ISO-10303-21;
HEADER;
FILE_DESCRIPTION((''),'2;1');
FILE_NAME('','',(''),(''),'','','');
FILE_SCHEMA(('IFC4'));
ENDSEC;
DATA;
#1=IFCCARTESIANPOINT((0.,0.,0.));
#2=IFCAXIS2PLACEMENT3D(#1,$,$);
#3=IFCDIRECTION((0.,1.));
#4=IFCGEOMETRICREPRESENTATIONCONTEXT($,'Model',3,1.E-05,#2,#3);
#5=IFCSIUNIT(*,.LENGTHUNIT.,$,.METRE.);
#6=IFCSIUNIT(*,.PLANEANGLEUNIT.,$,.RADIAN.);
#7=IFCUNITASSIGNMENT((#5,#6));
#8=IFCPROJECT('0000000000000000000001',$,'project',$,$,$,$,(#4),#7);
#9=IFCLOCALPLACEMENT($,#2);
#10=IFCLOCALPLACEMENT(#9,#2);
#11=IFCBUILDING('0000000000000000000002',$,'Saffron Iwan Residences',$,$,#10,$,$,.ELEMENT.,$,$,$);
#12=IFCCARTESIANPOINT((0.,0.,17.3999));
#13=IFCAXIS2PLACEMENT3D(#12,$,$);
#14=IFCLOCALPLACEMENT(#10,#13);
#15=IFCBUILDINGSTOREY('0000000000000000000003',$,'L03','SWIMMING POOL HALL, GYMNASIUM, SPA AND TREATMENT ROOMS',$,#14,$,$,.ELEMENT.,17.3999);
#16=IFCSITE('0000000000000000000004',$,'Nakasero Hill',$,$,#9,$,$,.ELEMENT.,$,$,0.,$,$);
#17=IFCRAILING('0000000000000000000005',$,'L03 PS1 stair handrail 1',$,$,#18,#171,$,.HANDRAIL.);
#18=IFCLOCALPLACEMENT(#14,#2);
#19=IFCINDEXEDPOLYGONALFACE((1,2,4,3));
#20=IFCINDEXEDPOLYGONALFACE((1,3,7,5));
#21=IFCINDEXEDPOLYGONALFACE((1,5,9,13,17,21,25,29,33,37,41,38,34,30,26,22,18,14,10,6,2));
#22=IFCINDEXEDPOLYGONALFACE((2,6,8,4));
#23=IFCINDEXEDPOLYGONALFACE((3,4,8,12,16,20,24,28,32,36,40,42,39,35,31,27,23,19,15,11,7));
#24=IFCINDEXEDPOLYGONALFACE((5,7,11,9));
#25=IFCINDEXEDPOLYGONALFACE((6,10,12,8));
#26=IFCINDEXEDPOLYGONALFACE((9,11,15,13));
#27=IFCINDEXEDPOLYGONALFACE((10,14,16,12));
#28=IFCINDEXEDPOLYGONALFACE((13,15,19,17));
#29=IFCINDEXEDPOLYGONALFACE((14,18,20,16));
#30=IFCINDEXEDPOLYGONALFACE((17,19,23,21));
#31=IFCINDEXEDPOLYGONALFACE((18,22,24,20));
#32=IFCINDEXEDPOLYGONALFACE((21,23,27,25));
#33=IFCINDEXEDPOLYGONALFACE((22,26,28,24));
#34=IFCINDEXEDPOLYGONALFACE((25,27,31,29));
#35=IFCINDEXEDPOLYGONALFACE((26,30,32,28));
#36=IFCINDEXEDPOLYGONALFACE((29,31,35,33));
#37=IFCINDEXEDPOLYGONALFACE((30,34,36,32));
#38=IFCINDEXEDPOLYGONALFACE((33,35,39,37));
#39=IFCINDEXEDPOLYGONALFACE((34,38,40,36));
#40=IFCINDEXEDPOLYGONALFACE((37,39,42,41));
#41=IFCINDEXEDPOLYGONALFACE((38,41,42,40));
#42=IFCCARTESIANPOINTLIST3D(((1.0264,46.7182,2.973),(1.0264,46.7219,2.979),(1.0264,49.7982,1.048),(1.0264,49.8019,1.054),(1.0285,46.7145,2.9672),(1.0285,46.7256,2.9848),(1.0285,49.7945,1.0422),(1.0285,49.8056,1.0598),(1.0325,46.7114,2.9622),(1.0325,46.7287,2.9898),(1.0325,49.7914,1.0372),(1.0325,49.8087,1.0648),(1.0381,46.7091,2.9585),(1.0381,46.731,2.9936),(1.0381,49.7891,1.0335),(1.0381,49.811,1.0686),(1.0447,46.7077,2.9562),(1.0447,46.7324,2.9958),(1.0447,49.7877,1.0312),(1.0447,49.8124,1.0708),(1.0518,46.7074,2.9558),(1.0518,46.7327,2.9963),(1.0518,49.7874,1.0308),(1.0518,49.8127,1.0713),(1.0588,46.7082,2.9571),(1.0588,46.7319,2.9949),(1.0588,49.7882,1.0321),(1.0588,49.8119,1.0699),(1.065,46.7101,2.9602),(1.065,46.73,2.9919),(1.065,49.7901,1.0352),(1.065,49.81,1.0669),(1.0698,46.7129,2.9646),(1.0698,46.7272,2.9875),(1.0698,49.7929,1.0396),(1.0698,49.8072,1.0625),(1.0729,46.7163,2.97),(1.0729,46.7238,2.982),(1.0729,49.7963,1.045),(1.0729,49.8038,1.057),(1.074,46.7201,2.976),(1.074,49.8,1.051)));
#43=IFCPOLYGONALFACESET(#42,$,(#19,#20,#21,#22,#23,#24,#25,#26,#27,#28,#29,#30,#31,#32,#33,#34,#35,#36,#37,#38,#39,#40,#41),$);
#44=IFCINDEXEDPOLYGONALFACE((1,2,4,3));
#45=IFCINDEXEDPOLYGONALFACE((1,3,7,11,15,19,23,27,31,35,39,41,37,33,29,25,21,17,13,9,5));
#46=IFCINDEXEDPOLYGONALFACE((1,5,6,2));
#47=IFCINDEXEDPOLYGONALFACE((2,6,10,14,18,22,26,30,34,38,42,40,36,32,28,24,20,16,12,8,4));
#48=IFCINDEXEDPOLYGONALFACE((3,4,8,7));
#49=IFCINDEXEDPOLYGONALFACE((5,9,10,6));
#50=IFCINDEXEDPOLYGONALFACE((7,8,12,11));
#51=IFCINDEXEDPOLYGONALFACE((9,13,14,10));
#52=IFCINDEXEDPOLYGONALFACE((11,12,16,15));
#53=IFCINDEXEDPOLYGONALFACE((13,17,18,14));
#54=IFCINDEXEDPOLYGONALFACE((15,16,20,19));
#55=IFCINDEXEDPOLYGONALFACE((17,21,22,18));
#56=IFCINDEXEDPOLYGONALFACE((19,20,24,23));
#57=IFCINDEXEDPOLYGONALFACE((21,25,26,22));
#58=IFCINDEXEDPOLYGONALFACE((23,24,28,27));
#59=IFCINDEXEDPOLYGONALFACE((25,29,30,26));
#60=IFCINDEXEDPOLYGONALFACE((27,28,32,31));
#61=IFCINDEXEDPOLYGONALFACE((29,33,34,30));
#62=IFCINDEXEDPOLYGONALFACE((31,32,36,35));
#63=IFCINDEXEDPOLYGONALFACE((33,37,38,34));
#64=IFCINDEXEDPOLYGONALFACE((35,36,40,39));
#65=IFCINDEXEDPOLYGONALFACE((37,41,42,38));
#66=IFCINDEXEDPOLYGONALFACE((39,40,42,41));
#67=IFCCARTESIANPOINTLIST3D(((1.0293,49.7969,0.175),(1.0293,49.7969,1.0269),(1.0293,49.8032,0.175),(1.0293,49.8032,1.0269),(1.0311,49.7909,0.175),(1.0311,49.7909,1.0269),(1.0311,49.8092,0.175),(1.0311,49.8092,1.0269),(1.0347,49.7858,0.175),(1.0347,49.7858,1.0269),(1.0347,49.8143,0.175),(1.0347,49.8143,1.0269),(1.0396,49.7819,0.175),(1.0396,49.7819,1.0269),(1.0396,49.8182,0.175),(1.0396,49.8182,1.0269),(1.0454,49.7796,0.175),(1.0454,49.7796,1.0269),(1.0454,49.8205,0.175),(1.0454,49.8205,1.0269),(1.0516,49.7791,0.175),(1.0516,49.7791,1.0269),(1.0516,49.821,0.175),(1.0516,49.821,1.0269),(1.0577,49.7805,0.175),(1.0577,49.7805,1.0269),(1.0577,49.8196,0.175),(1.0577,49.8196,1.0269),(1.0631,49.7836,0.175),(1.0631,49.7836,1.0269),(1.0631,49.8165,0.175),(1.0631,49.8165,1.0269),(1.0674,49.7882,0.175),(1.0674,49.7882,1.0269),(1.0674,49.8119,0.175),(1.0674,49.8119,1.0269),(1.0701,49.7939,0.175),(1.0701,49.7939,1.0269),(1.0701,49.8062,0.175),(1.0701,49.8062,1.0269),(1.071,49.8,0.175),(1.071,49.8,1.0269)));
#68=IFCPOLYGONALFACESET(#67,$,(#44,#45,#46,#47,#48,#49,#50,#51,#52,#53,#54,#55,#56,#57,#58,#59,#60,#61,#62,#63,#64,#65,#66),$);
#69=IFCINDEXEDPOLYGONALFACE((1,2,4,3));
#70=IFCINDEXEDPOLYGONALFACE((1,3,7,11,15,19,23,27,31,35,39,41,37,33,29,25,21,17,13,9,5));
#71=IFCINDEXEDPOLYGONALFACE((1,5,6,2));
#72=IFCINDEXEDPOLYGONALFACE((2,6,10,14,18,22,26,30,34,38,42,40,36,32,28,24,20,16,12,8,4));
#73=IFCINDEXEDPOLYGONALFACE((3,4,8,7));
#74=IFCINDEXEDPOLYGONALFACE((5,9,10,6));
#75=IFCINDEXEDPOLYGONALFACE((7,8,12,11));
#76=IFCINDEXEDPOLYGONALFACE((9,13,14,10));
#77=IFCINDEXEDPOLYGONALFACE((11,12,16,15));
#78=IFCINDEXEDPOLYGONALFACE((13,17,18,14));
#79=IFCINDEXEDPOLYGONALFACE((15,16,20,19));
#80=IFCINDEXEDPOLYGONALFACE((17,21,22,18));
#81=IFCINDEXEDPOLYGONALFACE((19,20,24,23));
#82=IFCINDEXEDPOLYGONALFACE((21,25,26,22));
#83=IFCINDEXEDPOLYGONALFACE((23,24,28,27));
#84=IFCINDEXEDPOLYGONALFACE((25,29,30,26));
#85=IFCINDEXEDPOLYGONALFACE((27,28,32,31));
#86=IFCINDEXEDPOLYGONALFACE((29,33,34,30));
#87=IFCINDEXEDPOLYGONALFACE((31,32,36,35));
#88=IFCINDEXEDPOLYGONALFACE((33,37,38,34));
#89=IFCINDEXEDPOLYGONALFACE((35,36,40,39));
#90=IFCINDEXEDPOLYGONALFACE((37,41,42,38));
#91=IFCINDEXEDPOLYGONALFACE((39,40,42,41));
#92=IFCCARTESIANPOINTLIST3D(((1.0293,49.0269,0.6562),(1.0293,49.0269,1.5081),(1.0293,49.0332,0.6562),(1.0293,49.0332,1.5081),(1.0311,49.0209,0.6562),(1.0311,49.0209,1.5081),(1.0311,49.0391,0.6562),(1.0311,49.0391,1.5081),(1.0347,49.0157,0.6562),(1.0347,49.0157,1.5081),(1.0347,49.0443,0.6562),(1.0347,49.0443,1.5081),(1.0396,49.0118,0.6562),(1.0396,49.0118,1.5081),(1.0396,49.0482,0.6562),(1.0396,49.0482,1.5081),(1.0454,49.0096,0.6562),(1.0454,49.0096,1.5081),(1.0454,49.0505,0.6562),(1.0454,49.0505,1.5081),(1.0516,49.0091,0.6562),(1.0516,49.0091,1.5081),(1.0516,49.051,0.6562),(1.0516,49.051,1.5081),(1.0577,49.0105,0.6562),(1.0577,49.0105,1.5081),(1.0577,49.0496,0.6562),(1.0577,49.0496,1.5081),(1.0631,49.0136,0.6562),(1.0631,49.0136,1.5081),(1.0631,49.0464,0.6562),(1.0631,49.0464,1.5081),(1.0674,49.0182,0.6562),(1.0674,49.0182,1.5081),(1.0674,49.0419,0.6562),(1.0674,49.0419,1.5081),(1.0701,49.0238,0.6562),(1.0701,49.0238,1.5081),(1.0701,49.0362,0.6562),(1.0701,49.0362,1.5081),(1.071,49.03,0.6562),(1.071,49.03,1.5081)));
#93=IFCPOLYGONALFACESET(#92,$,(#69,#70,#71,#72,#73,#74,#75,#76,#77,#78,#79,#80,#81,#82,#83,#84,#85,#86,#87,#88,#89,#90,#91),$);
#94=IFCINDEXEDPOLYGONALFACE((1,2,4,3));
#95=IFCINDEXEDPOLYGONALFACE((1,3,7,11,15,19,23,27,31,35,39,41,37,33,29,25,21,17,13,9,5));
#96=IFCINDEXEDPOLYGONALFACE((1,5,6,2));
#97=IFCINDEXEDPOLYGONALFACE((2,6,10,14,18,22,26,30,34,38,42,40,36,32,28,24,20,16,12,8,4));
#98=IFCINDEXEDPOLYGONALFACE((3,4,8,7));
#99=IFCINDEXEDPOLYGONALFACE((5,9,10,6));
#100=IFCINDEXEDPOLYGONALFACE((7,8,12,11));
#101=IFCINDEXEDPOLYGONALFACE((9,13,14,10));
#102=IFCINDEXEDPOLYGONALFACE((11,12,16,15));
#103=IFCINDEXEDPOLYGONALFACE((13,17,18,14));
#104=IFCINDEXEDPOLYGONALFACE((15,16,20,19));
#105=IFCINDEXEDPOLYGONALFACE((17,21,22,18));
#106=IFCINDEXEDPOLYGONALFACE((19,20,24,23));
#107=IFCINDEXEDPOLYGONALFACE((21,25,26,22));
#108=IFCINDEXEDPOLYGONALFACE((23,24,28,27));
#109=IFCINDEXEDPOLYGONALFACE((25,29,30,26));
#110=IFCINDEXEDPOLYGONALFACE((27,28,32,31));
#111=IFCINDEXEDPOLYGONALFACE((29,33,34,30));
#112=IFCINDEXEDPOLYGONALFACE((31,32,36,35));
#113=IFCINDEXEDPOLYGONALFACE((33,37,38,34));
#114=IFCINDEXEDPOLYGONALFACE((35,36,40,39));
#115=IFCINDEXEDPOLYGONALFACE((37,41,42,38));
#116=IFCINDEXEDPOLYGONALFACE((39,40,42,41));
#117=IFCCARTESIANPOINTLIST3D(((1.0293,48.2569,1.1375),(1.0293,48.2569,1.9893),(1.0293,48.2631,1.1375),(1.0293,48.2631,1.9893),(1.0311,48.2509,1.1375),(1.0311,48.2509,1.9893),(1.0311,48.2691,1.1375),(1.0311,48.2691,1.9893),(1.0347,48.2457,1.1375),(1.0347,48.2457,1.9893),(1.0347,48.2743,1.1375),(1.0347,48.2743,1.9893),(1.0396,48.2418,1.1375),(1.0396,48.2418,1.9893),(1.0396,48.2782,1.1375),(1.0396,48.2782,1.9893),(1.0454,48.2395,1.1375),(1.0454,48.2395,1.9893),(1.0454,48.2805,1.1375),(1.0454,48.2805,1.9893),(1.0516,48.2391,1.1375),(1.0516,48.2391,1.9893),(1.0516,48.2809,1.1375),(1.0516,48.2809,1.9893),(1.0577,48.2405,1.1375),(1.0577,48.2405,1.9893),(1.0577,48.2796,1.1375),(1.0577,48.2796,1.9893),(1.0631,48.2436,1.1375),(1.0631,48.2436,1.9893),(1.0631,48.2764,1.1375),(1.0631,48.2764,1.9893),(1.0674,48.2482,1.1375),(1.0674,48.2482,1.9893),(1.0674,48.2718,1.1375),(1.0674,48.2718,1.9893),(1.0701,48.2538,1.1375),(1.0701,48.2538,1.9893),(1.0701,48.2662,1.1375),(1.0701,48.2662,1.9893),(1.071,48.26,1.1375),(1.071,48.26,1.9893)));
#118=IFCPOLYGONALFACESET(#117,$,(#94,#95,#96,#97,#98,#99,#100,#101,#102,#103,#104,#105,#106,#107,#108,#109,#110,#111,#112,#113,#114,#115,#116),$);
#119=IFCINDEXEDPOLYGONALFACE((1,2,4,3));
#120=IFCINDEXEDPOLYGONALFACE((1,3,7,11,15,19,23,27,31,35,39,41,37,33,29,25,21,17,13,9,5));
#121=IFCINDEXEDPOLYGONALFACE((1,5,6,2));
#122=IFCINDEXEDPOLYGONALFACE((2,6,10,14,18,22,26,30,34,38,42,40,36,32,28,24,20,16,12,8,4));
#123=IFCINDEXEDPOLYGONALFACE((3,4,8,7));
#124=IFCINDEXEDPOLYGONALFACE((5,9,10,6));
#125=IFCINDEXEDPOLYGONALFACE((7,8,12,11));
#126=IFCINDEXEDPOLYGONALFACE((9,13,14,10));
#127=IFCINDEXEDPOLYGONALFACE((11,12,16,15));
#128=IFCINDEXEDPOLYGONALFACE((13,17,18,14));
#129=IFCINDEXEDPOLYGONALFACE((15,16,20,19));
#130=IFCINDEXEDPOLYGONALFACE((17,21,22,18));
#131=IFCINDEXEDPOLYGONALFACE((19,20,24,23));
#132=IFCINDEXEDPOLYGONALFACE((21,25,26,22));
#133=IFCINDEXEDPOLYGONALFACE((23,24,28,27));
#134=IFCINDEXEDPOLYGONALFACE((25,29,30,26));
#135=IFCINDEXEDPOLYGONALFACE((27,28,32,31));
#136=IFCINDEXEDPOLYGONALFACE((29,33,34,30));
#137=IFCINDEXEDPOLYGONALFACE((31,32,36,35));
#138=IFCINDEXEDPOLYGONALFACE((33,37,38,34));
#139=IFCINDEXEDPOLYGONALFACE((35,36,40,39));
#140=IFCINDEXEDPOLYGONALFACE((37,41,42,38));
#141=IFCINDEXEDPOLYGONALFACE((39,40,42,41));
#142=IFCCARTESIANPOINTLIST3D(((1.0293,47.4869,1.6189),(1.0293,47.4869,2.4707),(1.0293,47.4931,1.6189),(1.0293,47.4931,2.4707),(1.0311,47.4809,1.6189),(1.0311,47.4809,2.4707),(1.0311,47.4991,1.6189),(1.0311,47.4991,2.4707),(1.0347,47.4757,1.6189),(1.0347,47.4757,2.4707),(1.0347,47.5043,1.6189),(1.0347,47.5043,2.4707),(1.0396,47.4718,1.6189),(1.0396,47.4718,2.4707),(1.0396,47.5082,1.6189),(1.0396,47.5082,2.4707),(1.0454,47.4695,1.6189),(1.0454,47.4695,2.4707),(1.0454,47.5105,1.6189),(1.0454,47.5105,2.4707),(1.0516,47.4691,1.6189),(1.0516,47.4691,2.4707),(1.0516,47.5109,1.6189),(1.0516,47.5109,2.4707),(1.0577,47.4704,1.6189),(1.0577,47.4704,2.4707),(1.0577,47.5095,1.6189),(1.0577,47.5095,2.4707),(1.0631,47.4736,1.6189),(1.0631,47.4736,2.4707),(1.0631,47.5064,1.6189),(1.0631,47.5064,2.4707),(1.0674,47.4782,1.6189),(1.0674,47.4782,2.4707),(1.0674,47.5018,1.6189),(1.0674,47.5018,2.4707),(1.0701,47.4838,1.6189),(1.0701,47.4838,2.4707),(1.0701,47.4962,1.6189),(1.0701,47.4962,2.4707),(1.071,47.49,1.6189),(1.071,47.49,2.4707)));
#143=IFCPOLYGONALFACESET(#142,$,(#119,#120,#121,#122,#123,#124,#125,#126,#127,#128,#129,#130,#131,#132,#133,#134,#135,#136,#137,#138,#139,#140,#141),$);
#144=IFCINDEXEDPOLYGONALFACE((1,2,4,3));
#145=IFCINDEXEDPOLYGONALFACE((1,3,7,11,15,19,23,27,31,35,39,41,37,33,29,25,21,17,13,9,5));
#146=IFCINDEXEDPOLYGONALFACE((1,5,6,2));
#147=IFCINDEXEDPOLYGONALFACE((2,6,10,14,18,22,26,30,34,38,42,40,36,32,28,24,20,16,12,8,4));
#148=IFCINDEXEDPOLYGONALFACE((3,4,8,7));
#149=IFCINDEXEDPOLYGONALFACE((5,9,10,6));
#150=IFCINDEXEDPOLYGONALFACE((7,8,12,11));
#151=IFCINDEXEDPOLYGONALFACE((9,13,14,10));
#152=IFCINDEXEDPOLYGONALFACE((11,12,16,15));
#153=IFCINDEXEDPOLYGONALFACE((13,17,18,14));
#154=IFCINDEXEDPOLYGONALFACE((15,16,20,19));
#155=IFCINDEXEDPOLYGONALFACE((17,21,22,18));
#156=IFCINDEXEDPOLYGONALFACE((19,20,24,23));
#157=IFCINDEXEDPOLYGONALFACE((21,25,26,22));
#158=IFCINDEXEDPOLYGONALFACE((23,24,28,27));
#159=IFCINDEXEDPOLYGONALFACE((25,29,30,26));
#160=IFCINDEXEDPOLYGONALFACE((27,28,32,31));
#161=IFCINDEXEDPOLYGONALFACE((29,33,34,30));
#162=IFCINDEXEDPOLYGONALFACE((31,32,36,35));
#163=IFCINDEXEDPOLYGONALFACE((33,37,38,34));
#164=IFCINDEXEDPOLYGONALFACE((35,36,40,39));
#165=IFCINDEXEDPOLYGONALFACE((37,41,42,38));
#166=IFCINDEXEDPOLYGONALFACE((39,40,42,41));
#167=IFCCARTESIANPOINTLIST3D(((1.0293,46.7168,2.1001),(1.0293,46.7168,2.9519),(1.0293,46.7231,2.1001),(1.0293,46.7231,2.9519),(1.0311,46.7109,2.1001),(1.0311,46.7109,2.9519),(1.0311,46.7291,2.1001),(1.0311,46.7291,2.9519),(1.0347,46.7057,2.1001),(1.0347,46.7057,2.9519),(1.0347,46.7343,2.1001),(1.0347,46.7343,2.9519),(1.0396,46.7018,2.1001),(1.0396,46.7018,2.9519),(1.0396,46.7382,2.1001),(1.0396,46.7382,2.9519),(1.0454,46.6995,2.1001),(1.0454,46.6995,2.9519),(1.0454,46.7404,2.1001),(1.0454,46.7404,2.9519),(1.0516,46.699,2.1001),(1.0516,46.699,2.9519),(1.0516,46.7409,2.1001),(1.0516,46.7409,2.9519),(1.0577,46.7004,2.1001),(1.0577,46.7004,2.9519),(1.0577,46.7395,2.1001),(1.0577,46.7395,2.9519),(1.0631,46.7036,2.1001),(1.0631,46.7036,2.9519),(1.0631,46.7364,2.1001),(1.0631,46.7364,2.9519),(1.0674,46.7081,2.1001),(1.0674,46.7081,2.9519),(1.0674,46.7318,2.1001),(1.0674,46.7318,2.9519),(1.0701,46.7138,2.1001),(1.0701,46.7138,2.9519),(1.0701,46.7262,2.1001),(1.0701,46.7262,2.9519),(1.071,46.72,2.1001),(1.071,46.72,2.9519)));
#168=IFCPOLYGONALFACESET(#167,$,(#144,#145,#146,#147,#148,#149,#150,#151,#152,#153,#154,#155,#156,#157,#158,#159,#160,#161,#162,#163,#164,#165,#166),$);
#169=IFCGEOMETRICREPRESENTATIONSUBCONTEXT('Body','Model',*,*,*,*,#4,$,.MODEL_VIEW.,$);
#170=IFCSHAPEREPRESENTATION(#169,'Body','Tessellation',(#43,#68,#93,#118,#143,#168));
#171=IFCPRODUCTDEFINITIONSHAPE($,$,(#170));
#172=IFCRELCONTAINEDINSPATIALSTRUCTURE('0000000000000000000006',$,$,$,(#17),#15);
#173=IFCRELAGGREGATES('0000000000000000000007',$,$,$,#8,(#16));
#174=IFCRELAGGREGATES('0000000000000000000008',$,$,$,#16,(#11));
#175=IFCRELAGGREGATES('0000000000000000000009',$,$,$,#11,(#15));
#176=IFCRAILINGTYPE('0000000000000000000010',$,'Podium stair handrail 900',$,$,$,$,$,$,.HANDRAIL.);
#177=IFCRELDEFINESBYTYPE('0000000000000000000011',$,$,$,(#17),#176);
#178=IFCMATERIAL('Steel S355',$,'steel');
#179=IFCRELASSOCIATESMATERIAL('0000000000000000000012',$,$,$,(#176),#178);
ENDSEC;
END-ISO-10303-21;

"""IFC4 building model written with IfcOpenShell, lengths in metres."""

from ifc_helpers import new_model, si_unit, direction, frame, origin, origin_2d, place, context, subcontext, project, spatial, circle, extrude, material, type_object, element, save


model = new_model("IFC4")

# Units and contexts
model_context = context("Model", 3, precision=1e-05, world=origin(), true_north=direction((0.0, 1.0)))
body_context = subcontext(model_context, "Body", "Model", "MODEL_VIEW")
ifc_project = project(units=[si_unit("LENGTHUNIT", "METRE"), si_unit("PLANEANGLEUNIT", "RADIAN")], contexts=[model_context])

# Site, building, storey
site_placement = place(None, origin())
site = spatial("IfcSite", under=ifc_project, at=site_placement, Name="Nakasero Hill", CompositionType="ELEMENT", RefElevation=0.0)
building_placement = place(site_placement, origin())
building = spatial("IfcBuilding", under=site, at=building_placement, Name="Saffron Iwan Residences", CompositionType="ELEMENT")
storey_placement = place(building_placement, frame((0.0, 0.0, 17.3999)))
storey = spatial("IfcBuildingStorey", under=building, at=storey_placement, Name="L03", Description="SWIMMING POOL HALL, GYMNASIUM, SPA AND TREATMENT ROOMS", CompositionType="ELEMENT", Elevation=17.3999)

# Railing
ifc_material_1 = material(Name="Steel S355", Category="steel")
railing_type_1 = type_object("IfcRailingType", Name="Podium stair handrail 900", PredefinedType="HANDRAIL", material=ifc_material_1)
railing_1_placement = place(storey_placement, frame((1.05, 49.8, 0.175)))
element("IfcRailing", 1, at=railing_1_placement, inside=storey, type_object=railing_type_1, Name="L03 PS1 stair handrail 1", PredefinedType="HANDRAIL", context=body_context, shape_type="SweptSolid", body=[
    extrude(circle(Radius=0.0239, at=origin_2d()), frame((0.0, 0.0, 0.876), z_axis=(0.0, -0.847998, 0.529999), x_axis=(1.0, 0.0, 0.0)), (0.0, 0.0, 1.0), 3.6321),
    extrude(circle(Radius=0.021, at=origin_2d()), origin(), (0.0, 0.0, 1.0), 0.8518),
    extrude(circle(Radius=0.021, at=origin_2d()), frame((0.0, -0.77, 0.4812)), (0.0, 0.0, 1.0), 0.8518),
    extrude(circle(Radius=0.021, at=origin_2d()), frame((0.0, -1.54, 0.9624)), (0.0, 0.0, 1.0), 0.8518),
    extrude(circle(Radius=0.021, at=origin_2d()), frame((0.0, -2.3101, 1.4438)), (0.0, 0.0, 1.0), 0.8518),
    extrude(circle(Radius=0.021, at=origin_2d()), frame((0.0, -3.0801, 1.925)), (0.0, 0.0, 1.0), 0.8518),
])

save(model, "model.ifc")
